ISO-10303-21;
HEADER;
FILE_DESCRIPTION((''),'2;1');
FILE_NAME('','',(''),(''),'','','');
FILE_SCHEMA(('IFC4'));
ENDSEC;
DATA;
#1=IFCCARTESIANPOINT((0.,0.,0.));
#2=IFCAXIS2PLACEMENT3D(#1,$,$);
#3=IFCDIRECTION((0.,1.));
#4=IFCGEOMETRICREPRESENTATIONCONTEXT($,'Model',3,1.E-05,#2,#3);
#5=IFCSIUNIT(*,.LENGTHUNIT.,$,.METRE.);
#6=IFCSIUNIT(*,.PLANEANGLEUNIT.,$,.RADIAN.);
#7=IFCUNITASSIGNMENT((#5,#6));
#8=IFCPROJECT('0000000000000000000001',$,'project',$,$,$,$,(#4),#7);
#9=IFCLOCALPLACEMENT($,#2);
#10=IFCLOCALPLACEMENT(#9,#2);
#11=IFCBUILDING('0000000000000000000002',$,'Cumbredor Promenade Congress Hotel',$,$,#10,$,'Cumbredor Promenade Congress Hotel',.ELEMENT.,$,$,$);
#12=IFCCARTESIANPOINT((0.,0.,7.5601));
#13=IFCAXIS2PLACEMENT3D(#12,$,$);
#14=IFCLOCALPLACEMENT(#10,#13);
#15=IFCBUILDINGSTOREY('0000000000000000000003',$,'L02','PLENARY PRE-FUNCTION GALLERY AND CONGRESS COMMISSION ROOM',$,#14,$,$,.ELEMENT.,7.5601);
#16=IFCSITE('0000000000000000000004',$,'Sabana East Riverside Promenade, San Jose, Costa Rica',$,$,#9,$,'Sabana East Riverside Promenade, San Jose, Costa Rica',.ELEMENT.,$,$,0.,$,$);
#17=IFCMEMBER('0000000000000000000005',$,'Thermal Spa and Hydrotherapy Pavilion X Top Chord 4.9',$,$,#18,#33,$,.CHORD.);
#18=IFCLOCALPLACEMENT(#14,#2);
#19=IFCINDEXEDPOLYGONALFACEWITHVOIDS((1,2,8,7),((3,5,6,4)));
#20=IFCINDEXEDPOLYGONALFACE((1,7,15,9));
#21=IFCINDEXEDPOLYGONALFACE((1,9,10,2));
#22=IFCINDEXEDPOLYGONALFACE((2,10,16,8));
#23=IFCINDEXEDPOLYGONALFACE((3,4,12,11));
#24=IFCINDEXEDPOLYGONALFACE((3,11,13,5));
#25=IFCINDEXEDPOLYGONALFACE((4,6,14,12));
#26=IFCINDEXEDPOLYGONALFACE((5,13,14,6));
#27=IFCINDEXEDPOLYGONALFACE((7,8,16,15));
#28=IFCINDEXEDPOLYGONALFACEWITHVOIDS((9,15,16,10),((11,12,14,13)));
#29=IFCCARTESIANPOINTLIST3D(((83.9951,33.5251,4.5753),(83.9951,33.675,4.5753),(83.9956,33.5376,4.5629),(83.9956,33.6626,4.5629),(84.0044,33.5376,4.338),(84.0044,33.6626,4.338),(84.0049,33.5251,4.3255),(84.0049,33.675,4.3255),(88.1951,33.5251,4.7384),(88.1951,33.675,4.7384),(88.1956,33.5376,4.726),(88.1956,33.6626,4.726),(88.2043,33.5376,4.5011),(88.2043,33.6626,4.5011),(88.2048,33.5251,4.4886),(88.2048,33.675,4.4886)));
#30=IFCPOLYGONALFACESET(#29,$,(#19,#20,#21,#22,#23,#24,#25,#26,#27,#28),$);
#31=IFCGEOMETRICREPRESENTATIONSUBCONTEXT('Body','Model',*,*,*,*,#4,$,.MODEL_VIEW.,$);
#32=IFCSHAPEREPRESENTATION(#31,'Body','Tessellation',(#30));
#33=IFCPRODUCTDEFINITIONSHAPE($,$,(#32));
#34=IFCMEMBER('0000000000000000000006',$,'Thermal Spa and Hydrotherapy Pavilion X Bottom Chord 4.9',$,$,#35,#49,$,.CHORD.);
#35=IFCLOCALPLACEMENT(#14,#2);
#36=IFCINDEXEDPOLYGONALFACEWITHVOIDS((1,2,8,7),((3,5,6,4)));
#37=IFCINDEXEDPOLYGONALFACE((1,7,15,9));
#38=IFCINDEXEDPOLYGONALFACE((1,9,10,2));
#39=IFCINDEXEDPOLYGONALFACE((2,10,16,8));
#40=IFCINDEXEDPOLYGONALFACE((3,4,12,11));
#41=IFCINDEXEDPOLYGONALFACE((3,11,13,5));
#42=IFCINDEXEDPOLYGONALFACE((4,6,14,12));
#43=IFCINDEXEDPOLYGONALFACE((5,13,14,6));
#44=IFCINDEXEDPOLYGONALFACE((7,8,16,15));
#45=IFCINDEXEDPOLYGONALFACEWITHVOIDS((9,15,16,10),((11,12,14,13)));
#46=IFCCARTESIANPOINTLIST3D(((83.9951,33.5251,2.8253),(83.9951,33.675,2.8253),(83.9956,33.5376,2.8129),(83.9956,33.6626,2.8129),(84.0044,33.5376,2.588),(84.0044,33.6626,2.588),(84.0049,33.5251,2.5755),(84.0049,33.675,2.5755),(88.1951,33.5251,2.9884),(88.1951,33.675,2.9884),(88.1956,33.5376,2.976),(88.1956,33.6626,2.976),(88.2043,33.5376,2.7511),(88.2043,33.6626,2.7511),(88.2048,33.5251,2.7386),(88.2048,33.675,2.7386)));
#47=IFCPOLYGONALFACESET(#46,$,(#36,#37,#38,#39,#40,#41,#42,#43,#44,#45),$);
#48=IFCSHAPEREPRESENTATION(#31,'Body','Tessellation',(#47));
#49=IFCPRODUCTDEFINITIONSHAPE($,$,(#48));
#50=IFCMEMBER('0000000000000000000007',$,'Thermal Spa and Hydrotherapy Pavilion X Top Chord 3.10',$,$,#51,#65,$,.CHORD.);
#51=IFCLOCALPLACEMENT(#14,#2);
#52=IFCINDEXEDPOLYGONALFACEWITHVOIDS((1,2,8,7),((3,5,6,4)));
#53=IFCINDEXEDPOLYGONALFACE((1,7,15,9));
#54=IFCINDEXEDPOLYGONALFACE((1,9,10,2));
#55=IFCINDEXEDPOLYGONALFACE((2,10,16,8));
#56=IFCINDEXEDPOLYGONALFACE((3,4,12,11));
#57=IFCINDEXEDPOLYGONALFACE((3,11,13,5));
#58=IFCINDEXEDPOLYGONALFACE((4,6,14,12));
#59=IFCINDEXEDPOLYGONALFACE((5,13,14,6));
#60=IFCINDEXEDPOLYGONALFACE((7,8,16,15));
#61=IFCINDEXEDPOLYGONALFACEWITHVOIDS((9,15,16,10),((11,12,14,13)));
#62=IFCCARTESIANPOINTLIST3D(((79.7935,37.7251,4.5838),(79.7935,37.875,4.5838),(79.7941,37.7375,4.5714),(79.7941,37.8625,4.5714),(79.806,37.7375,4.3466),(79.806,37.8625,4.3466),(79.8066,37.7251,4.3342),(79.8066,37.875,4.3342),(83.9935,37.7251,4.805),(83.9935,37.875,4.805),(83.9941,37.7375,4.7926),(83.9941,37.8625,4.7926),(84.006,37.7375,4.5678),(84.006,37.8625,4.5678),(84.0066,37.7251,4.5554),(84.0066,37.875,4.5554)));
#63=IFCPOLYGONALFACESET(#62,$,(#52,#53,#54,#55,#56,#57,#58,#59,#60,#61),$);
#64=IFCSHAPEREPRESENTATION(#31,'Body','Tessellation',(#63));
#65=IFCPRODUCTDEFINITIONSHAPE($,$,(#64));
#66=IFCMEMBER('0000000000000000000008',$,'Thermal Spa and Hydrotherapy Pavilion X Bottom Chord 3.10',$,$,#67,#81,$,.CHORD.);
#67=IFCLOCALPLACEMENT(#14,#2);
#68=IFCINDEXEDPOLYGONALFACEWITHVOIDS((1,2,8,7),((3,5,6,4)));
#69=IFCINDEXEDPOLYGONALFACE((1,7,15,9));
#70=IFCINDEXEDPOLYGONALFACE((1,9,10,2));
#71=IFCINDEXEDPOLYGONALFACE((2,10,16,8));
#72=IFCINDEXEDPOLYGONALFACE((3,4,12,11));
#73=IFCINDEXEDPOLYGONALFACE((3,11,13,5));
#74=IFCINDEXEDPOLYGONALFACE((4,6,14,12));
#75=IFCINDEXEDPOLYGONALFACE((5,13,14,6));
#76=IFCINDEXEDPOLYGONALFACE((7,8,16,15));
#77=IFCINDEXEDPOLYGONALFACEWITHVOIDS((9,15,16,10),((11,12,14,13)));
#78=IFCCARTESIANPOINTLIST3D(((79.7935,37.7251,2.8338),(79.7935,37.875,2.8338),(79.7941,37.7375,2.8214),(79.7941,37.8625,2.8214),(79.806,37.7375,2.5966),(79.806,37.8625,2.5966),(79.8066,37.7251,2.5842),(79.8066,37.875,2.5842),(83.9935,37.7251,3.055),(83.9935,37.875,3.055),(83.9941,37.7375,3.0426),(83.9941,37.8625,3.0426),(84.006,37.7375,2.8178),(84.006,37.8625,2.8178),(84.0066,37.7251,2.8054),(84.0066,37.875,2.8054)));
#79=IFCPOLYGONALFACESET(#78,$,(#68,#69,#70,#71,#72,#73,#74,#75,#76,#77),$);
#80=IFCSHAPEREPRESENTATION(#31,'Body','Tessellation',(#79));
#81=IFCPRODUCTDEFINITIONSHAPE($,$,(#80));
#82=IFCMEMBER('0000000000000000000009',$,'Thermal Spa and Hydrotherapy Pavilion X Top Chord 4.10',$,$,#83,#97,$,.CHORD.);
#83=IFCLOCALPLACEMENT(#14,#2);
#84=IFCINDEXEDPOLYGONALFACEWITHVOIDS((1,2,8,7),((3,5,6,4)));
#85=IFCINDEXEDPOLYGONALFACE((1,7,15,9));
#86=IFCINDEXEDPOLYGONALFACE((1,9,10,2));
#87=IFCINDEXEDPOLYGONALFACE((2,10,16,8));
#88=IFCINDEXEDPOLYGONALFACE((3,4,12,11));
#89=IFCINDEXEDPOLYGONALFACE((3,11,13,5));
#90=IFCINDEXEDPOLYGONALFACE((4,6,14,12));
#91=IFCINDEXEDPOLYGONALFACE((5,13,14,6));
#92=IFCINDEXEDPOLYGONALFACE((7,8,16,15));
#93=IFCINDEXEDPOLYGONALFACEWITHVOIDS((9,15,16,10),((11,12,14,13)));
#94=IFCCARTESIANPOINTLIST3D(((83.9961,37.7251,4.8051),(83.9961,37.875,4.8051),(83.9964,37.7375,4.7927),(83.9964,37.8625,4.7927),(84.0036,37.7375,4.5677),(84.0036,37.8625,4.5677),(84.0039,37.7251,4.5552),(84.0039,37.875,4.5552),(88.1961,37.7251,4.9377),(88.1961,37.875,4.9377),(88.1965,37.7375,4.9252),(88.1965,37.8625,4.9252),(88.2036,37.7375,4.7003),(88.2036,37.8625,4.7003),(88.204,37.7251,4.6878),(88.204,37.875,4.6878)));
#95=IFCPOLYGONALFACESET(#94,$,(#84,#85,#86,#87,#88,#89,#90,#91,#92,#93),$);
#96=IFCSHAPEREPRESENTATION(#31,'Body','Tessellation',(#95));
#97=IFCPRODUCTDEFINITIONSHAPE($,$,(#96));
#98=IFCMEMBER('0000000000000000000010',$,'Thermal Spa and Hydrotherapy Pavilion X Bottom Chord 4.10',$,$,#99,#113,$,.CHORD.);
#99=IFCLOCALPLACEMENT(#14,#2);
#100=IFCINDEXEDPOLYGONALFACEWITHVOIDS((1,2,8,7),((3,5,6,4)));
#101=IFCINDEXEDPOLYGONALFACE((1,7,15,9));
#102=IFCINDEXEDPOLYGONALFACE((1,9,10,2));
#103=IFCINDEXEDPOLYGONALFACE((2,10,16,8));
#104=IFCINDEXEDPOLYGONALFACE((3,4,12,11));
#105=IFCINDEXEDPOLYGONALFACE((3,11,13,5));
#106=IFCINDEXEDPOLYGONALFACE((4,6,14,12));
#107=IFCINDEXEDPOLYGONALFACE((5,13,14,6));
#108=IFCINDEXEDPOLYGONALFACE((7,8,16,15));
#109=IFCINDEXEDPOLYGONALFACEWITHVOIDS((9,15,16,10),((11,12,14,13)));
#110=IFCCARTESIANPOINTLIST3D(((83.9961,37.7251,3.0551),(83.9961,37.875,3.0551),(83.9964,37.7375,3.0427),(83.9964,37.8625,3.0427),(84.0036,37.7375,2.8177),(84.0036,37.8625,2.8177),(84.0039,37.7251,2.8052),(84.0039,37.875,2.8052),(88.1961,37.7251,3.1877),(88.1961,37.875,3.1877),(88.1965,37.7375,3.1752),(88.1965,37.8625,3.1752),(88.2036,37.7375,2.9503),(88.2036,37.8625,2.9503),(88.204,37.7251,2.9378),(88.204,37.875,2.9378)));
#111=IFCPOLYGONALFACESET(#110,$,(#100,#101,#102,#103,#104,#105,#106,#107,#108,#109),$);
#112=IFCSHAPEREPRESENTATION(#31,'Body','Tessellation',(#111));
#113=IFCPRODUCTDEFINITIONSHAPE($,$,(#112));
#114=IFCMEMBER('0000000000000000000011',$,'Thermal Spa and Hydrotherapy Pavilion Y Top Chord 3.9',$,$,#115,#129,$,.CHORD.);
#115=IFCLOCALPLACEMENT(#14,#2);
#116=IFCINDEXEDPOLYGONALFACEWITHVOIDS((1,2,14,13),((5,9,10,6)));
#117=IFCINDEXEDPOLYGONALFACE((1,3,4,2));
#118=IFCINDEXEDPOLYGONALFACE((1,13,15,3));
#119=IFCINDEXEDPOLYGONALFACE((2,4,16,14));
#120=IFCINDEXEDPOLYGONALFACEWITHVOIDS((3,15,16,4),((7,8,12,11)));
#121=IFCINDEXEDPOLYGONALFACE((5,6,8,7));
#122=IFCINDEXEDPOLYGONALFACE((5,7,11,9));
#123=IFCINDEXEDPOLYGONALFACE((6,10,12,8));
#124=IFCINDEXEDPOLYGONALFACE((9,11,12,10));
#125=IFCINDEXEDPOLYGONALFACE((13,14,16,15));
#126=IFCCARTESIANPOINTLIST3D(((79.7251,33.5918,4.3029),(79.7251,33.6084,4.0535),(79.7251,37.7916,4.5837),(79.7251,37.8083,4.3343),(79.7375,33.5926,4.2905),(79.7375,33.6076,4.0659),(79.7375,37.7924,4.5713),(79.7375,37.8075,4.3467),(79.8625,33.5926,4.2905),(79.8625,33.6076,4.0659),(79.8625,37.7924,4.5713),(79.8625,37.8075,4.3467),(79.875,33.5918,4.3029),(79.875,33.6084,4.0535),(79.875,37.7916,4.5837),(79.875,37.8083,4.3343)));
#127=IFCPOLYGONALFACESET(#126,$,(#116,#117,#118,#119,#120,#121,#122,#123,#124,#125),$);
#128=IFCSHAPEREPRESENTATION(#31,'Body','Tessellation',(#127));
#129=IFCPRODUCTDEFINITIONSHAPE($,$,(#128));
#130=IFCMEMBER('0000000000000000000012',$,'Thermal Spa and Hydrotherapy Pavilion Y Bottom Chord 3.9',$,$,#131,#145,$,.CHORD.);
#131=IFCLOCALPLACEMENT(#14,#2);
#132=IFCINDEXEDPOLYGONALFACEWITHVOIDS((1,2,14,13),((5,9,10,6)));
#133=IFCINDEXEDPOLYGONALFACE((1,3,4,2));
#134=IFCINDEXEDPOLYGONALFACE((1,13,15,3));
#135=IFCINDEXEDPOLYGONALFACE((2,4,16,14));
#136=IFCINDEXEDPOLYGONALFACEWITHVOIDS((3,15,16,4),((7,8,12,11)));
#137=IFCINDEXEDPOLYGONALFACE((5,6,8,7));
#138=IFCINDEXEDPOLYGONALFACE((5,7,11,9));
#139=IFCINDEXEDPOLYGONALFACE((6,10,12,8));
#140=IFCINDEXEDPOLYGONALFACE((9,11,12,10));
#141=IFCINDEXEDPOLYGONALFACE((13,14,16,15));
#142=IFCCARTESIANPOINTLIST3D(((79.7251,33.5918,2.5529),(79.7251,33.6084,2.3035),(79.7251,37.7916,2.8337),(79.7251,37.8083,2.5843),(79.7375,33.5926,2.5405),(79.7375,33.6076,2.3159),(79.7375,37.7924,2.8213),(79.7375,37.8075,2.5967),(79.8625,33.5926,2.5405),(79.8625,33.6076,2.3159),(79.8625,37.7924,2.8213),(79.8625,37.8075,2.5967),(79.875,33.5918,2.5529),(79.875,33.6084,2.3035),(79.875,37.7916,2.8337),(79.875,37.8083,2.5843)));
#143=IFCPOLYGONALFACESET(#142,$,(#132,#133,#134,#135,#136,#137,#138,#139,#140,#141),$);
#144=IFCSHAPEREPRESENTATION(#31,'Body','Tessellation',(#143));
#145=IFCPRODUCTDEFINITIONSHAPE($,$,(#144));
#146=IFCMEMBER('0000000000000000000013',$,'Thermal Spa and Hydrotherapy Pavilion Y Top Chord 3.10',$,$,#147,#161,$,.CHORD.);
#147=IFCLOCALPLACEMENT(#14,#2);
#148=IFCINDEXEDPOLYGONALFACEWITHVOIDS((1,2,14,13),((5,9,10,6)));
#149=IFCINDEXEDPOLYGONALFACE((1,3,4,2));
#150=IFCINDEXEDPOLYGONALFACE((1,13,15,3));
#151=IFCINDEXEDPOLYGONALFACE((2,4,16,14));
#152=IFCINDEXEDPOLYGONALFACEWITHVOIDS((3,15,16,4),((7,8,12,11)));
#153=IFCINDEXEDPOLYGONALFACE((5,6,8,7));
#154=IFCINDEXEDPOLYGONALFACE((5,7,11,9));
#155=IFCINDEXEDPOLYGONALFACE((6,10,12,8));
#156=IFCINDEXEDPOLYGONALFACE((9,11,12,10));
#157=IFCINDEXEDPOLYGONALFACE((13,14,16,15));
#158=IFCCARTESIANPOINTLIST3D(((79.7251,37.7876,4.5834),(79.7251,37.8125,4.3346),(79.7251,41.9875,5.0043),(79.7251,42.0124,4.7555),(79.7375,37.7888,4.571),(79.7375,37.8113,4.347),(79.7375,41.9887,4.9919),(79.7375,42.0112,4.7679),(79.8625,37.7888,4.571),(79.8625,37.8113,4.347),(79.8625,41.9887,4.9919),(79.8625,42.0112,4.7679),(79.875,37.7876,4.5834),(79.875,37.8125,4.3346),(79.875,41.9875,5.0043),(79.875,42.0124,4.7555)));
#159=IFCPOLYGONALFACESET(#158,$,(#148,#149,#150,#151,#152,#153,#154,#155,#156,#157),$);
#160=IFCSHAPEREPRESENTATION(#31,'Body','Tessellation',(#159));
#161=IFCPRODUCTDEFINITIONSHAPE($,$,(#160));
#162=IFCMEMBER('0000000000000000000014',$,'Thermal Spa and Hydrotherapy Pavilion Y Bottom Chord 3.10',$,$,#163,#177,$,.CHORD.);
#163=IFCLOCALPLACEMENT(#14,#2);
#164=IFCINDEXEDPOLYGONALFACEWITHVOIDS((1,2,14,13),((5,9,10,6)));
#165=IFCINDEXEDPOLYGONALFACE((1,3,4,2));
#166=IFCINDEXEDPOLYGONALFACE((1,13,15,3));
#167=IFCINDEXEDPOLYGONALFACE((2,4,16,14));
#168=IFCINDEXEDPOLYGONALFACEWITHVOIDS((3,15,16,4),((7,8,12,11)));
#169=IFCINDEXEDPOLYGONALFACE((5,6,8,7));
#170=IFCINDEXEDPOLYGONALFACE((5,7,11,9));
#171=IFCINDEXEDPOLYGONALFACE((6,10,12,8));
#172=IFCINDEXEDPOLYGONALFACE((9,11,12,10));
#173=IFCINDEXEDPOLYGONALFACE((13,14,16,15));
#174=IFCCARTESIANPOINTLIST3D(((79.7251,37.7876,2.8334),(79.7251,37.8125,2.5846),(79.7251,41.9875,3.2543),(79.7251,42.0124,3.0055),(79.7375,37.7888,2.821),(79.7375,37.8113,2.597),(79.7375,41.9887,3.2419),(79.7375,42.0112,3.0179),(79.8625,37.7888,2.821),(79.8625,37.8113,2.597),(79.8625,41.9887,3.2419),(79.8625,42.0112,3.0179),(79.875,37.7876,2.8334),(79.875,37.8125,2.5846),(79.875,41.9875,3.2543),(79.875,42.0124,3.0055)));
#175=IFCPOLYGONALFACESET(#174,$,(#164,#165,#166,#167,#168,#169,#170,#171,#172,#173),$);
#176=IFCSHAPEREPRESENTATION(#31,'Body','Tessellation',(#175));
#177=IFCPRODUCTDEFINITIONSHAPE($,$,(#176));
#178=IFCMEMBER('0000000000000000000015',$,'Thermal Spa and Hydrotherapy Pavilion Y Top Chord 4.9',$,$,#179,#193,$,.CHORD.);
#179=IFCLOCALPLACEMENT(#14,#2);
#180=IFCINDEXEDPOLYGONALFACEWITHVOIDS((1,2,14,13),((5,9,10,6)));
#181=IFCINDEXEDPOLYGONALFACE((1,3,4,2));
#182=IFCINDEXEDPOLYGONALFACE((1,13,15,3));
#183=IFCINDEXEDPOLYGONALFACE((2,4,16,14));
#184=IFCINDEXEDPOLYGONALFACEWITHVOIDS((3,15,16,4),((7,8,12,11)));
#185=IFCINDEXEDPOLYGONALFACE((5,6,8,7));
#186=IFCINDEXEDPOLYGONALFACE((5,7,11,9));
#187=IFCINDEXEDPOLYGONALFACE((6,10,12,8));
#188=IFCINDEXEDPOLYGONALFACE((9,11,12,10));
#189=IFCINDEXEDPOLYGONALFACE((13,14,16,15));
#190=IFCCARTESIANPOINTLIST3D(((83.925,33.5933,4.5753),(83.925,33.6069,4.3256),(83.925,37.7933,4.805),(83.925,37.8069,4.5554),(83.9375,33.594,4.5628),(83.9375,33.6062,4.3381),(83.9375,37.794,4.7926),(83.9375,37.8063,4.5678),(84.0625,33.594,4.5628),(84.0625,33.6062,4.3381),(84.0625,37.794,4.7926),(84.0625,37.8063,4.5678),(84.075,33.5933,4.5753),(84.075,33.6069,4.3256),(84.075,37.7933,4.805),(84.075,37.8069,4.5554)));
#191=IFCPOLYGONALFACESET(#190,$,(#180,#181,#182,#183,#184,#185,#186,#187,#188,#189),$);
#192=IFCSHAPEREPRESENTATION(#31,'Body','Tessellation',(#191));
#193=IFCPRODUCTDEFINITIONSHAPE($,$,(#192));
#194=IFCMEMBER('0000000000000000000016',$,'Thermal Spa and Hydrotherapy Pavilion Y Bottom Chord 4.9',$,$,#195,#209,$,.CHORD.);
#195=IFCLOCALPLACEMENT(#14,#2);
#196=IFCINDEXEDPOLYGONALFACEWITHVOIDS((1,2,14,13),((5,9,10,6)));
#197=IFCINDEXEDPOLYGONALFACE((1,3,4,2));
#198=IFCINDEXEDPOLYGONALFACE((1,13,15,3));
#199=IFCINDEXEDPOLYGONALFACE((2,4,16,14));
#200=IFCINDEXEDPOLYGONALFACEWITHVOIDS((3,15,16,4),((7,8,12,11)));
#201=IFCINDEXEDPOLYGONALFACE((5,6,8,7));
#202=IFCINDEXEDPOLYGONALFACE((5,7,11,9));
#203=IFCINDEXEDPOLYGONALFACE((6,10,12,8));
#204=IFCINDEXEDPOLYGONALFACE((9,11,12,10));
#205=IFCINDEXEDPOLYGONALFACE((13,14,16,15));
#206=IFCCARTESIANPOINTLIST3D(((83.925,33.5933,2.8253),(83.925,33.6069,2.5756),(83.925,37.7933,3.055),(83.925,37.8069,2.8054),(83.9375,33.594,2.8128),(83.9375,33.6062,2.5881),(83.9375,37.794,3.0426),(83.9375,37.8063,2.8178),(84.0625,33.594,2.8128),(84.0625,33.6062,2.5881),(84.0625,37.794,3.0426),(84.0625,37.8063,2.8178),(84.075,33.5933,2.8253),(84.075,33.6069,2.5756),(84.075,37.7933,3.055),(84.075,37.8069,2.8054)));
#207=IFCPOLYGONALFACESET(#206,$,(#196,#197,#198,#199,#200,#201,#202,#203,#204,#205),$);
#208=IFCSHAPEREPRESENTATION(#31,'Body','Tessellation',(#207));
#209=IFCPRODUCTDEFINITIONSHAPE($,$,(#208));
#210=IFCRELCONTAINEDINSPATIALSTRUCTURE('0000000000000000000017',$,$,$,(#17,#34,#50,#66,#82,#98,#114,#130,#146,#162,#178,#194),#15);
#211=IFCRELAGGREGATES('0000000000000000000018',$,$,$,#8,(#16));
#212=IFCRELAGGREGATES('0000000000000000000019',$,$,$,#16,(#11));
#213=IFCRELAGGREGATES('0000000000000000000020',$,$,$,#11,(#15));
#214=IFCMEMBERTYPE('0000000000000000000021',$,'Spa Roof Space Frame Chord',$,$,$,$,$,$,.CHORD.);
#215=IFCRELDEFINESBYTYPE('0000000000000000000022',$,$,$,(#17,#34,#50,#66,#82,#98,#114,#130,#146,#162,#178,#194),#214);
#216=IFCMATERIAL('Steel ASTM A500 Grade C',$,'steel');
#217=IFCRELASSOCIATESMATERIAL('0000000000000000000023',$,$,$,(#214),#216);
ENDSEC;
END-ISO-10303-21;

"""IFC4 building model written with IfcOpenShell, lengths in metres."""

from ifc_helpers import new_model, si_unit, direction, frame, origin, origin_2d, place, context, subcontext, project, spatial, hollow_rectangle, extrude, material, material_profile, profile_set, type_object, element, save


model = new_model("IFC4")

# Units and contexts
model_context = context("Model", 3, precision=1e-05, world=origin(), true_north=direction((0.0, 1.0)))
body_context = subcontext(model_context, "Body", "Model", "MODEL_VIEW")
ifc_project = project(units=[si_unit("LENGTHUNIT", "METRE"), si_unit("PLANEANGLEUNIT", "RADIAN")], contexts=[model_context])

# Site, building, storey
site_placement = place(None, origin())
site = spatial("IfcSite", under=ifc_project, at=site_placement, Name="Sabana East Riverside Promenade, San Jose, Costa Rica", LongName="Sabana East Riverside Promenade, San Jose, Costa Rica", CompositionType="ELEMENT", RefElevation=0.0)
building_placement = place(site_placement, origin())
building = spatial("IfcBuilding", under=site, at=building_placement, Name="Cumbredor Promenade Congress Hotel", LongName="Cumbredor Promenade Congress Hotel", CompositionType="ELEMENT")
storey_placement = place(building_placement, frame((0.0, 0.0, 7.5601)))
storey = spatial("IfcBuildingStorey", under=building, at=storey_placement, Name="L02", Description="PLENARY PRE-FUNCTION GALLERY AND CONGRESS COMMISSION ROOM", CompositionType="ELEMENT", Elevation=7.5601)

# Members
ifc_material_1 = material(Name="Steel ASTM A500 Grade C", Category="steel")
ifc_material_profile_1 = material_profile(ifc_material_1, hollow_rectangle(XDim=0.1499, YDim=0.25, WallThickness=0.0125, at=origin_2d()), Name="HSS 250x150x12.5")
ifc_profile_set_1 = profile_set([ifc_material_profile_1], Name="Steel ASTM A500 Grade C")
member_type_1 = type_object("IfcMemberType", Name="Spa Roof Space Frame Chord", PredefinedType="CHORD", material=ifc_profile_set_1)
for number, where, z_axis, x_axis, name in (
    (1, (84.0, 33.6001, 4.4504), (0.999247, 0.0, 0.038801), (0.0, 1.0, 0.0), "Thermal Spa and Hydrotherapy Pavilion X Top Chord 4.9"),
    (2, (84.0, 33.6001, 2.7004), (0.999247, 0.0, 0.038801), (0.0, 1.0, 0.0), "Thermal Spa and Hydrotherapy Pavilion X Bottom Chord 4.9"),
):
    element("IfcMember", number, at=place(storey_placement, frame(where, z_axis=z_axis, x_axis=x_axis)), inside=storey, type_object=member_type_1, Name=name, PredefinedType="CHORD", context=body_context, shape_type="SweptSolid", body=[
        extrude(hollow_rectangle(XDim=0.1499, YDim=0.25, WallThickness=0.0125, at=origin_2d()), origin(), (0.0, 0.0, 1.0), 4.2031),
    ])
for number, where, z_axis, x_axis, name in (
    (3, (79.8, 37.8, 4.459), (0.998616, 0.0, 0.052592), (0.0, 1.0, 0.0), "Thermal Spa and Hydrotherapy Pavilion X Top Chord 3.10"),
    (4, (79.8, 37.8, 2.709), (0.998616, 0.0, 0.052592), (0.0, 1.0, 0.0), "Thermal Spa and Hydrotherapy Pavilion X Bottom Chord 3.10"),
):
    element("IfcMember", number, at=place(storey_placement, frame(where, z_axis=z_axis, x_axis=x_axis)), inside=storey, type_object=member_type_1, Name=name, PredefinedType="CHORD", context=body_context, shape_type="SweptSolid", body=[
        extrude(hollow_rectangle(XDim=0.1499, YDim=0.25, WallThickness=0.0125, at=origin_2d()), origin(), (0.0, 0.0, 1.0), 4.2058),
    ])
for number, where, z_axis, x_axis, name in (
    (5, (84.0, 37.8, 4.6802), (0.999502, 0.0, 0.031549), (0.0, 1.0, 0.0), "Thermal Spa and Hydrotherapy Pavilion X Top Chord 4.10"),
    (6, (84.0, 37.8, 2.9302), (0.999502, 0.0, 0.031549), (0.0, 1.0, 0.0), "Thermal Spa and Hydrotherapy Pavilion X Bottom Chord 4.10"),
):
    element("IfcMember", number, at=place(storey_placement, frame(where, z_axis=z_axis, x_axis=x_axis)), inside=storey, type_object=member_type_1, Name=name, PredefinedType="CHORD", context=body_context, shape_type="SweptSolid", body=[
        extrude(hollow_rectangle(XDim=0.1499, YDim=0.25, WallThickness=0.0125, at=origin_2d()), origin(), (0.0, 0.0, 1.0), 4.2021),
    ])
for number, where, z_axis, x_axis, name in (
    (7, (79.8, 33.6001, 4.1782), (0.0, 0.997773, 0.0667), (-1.0, 0.0, 0.0), "Thermal Spa and Hydrotherapy Pavilion Y Top Chord 3.9"),
    (8, (79.8, 33.6001, 2.4282), (0.0, 0.997773, 0.0667), (-1.0, 0.0, 0.0), "Thermal Spa and Hydrotherapy Pavilion Y Bottom Chord 3.9"),
):
    element("IfcMember", number, at=place(storey_placement, frame(where, z_axis=z_axis, x_axis=x_axis)), inside=storey, type_object=member_type_1, Name=name, PredefinedType="CHORD", context=body_context, shape_type="SweptSolid", body=[
        extrude(hollow_rectangle(XDim=0.1499, YDim=0.25, WallThickness=0.0125, at=origin_2d()), origin(), (0.0, 0.0, 1.0), 4.2092),
    ])
for number, where, z_axis, x_axis, name in (
    (9, (79.8, 37.8, 4.459), (0.0, 0.995016, 0.099716), (-1.0, 0.0, 0.0), "Thermal Spa and Hydrotherapy Pavilion Y Top Chord 3.10"),
    (10, (79.8, 37.8, 2.709), (0.0, 0.995016, 0.099716), (-1.0, 0.0, 0.0), "Thermal Spa and Hydrotherapy Pavilion Y Bottom Chord 3.10"),
):
    element("IfcMember", number, at=place(storey_placement, frame(where, z_axis=z_axis, x_axis=x_axis)), inside=storey, type_object=member_type_1, Name=name, PredefinedType="CHORD", context=body_context, shape_type="SweptSolid", body=[
        extrude(hollow_rectangle(XDim=0.1499, YDim=0.25, WallThickness=0.0125, at=origin_2d()), origin(), (0.0, 0.0, 1.0), 4.2209),
    ])
for number, where, z_axis, x_axis, name in (
    (11, (84.0, 33.6001, 4.4504), (0.0, 0.998507, 0.054618), (-1.0, 0.0, 0.0), "Thermal Spa and Hydrotherapy Pavilion Y Top Chord 4.9"),
    (12, (84.0, 33.6001, 2.7004), (0.0, 0.998507, 0.054618), (-1.0, 0.0, 0.0), "Thermal Spa and Hydrotherapy Pavilion Y Bottom Chord 4.9"),
):
    element("IfcMember", number, at=place(storey_placement, frame(where, z_axis=z_axis, x_axis=x_axis)), inside=storey, type_object=member_type_1, Name=name, PredefinedType="CHORD", context=body_context, shape_type="SweptSolid", body=[
        extrude(hollow_rectangle(XDim=0.1499, YDim=0.25, WallThickness=0.0125, at=origin_2d()), origin(), (0.0, 0.0, 1.0), 4.2063),
    ])

save(model, "model.ifc")
